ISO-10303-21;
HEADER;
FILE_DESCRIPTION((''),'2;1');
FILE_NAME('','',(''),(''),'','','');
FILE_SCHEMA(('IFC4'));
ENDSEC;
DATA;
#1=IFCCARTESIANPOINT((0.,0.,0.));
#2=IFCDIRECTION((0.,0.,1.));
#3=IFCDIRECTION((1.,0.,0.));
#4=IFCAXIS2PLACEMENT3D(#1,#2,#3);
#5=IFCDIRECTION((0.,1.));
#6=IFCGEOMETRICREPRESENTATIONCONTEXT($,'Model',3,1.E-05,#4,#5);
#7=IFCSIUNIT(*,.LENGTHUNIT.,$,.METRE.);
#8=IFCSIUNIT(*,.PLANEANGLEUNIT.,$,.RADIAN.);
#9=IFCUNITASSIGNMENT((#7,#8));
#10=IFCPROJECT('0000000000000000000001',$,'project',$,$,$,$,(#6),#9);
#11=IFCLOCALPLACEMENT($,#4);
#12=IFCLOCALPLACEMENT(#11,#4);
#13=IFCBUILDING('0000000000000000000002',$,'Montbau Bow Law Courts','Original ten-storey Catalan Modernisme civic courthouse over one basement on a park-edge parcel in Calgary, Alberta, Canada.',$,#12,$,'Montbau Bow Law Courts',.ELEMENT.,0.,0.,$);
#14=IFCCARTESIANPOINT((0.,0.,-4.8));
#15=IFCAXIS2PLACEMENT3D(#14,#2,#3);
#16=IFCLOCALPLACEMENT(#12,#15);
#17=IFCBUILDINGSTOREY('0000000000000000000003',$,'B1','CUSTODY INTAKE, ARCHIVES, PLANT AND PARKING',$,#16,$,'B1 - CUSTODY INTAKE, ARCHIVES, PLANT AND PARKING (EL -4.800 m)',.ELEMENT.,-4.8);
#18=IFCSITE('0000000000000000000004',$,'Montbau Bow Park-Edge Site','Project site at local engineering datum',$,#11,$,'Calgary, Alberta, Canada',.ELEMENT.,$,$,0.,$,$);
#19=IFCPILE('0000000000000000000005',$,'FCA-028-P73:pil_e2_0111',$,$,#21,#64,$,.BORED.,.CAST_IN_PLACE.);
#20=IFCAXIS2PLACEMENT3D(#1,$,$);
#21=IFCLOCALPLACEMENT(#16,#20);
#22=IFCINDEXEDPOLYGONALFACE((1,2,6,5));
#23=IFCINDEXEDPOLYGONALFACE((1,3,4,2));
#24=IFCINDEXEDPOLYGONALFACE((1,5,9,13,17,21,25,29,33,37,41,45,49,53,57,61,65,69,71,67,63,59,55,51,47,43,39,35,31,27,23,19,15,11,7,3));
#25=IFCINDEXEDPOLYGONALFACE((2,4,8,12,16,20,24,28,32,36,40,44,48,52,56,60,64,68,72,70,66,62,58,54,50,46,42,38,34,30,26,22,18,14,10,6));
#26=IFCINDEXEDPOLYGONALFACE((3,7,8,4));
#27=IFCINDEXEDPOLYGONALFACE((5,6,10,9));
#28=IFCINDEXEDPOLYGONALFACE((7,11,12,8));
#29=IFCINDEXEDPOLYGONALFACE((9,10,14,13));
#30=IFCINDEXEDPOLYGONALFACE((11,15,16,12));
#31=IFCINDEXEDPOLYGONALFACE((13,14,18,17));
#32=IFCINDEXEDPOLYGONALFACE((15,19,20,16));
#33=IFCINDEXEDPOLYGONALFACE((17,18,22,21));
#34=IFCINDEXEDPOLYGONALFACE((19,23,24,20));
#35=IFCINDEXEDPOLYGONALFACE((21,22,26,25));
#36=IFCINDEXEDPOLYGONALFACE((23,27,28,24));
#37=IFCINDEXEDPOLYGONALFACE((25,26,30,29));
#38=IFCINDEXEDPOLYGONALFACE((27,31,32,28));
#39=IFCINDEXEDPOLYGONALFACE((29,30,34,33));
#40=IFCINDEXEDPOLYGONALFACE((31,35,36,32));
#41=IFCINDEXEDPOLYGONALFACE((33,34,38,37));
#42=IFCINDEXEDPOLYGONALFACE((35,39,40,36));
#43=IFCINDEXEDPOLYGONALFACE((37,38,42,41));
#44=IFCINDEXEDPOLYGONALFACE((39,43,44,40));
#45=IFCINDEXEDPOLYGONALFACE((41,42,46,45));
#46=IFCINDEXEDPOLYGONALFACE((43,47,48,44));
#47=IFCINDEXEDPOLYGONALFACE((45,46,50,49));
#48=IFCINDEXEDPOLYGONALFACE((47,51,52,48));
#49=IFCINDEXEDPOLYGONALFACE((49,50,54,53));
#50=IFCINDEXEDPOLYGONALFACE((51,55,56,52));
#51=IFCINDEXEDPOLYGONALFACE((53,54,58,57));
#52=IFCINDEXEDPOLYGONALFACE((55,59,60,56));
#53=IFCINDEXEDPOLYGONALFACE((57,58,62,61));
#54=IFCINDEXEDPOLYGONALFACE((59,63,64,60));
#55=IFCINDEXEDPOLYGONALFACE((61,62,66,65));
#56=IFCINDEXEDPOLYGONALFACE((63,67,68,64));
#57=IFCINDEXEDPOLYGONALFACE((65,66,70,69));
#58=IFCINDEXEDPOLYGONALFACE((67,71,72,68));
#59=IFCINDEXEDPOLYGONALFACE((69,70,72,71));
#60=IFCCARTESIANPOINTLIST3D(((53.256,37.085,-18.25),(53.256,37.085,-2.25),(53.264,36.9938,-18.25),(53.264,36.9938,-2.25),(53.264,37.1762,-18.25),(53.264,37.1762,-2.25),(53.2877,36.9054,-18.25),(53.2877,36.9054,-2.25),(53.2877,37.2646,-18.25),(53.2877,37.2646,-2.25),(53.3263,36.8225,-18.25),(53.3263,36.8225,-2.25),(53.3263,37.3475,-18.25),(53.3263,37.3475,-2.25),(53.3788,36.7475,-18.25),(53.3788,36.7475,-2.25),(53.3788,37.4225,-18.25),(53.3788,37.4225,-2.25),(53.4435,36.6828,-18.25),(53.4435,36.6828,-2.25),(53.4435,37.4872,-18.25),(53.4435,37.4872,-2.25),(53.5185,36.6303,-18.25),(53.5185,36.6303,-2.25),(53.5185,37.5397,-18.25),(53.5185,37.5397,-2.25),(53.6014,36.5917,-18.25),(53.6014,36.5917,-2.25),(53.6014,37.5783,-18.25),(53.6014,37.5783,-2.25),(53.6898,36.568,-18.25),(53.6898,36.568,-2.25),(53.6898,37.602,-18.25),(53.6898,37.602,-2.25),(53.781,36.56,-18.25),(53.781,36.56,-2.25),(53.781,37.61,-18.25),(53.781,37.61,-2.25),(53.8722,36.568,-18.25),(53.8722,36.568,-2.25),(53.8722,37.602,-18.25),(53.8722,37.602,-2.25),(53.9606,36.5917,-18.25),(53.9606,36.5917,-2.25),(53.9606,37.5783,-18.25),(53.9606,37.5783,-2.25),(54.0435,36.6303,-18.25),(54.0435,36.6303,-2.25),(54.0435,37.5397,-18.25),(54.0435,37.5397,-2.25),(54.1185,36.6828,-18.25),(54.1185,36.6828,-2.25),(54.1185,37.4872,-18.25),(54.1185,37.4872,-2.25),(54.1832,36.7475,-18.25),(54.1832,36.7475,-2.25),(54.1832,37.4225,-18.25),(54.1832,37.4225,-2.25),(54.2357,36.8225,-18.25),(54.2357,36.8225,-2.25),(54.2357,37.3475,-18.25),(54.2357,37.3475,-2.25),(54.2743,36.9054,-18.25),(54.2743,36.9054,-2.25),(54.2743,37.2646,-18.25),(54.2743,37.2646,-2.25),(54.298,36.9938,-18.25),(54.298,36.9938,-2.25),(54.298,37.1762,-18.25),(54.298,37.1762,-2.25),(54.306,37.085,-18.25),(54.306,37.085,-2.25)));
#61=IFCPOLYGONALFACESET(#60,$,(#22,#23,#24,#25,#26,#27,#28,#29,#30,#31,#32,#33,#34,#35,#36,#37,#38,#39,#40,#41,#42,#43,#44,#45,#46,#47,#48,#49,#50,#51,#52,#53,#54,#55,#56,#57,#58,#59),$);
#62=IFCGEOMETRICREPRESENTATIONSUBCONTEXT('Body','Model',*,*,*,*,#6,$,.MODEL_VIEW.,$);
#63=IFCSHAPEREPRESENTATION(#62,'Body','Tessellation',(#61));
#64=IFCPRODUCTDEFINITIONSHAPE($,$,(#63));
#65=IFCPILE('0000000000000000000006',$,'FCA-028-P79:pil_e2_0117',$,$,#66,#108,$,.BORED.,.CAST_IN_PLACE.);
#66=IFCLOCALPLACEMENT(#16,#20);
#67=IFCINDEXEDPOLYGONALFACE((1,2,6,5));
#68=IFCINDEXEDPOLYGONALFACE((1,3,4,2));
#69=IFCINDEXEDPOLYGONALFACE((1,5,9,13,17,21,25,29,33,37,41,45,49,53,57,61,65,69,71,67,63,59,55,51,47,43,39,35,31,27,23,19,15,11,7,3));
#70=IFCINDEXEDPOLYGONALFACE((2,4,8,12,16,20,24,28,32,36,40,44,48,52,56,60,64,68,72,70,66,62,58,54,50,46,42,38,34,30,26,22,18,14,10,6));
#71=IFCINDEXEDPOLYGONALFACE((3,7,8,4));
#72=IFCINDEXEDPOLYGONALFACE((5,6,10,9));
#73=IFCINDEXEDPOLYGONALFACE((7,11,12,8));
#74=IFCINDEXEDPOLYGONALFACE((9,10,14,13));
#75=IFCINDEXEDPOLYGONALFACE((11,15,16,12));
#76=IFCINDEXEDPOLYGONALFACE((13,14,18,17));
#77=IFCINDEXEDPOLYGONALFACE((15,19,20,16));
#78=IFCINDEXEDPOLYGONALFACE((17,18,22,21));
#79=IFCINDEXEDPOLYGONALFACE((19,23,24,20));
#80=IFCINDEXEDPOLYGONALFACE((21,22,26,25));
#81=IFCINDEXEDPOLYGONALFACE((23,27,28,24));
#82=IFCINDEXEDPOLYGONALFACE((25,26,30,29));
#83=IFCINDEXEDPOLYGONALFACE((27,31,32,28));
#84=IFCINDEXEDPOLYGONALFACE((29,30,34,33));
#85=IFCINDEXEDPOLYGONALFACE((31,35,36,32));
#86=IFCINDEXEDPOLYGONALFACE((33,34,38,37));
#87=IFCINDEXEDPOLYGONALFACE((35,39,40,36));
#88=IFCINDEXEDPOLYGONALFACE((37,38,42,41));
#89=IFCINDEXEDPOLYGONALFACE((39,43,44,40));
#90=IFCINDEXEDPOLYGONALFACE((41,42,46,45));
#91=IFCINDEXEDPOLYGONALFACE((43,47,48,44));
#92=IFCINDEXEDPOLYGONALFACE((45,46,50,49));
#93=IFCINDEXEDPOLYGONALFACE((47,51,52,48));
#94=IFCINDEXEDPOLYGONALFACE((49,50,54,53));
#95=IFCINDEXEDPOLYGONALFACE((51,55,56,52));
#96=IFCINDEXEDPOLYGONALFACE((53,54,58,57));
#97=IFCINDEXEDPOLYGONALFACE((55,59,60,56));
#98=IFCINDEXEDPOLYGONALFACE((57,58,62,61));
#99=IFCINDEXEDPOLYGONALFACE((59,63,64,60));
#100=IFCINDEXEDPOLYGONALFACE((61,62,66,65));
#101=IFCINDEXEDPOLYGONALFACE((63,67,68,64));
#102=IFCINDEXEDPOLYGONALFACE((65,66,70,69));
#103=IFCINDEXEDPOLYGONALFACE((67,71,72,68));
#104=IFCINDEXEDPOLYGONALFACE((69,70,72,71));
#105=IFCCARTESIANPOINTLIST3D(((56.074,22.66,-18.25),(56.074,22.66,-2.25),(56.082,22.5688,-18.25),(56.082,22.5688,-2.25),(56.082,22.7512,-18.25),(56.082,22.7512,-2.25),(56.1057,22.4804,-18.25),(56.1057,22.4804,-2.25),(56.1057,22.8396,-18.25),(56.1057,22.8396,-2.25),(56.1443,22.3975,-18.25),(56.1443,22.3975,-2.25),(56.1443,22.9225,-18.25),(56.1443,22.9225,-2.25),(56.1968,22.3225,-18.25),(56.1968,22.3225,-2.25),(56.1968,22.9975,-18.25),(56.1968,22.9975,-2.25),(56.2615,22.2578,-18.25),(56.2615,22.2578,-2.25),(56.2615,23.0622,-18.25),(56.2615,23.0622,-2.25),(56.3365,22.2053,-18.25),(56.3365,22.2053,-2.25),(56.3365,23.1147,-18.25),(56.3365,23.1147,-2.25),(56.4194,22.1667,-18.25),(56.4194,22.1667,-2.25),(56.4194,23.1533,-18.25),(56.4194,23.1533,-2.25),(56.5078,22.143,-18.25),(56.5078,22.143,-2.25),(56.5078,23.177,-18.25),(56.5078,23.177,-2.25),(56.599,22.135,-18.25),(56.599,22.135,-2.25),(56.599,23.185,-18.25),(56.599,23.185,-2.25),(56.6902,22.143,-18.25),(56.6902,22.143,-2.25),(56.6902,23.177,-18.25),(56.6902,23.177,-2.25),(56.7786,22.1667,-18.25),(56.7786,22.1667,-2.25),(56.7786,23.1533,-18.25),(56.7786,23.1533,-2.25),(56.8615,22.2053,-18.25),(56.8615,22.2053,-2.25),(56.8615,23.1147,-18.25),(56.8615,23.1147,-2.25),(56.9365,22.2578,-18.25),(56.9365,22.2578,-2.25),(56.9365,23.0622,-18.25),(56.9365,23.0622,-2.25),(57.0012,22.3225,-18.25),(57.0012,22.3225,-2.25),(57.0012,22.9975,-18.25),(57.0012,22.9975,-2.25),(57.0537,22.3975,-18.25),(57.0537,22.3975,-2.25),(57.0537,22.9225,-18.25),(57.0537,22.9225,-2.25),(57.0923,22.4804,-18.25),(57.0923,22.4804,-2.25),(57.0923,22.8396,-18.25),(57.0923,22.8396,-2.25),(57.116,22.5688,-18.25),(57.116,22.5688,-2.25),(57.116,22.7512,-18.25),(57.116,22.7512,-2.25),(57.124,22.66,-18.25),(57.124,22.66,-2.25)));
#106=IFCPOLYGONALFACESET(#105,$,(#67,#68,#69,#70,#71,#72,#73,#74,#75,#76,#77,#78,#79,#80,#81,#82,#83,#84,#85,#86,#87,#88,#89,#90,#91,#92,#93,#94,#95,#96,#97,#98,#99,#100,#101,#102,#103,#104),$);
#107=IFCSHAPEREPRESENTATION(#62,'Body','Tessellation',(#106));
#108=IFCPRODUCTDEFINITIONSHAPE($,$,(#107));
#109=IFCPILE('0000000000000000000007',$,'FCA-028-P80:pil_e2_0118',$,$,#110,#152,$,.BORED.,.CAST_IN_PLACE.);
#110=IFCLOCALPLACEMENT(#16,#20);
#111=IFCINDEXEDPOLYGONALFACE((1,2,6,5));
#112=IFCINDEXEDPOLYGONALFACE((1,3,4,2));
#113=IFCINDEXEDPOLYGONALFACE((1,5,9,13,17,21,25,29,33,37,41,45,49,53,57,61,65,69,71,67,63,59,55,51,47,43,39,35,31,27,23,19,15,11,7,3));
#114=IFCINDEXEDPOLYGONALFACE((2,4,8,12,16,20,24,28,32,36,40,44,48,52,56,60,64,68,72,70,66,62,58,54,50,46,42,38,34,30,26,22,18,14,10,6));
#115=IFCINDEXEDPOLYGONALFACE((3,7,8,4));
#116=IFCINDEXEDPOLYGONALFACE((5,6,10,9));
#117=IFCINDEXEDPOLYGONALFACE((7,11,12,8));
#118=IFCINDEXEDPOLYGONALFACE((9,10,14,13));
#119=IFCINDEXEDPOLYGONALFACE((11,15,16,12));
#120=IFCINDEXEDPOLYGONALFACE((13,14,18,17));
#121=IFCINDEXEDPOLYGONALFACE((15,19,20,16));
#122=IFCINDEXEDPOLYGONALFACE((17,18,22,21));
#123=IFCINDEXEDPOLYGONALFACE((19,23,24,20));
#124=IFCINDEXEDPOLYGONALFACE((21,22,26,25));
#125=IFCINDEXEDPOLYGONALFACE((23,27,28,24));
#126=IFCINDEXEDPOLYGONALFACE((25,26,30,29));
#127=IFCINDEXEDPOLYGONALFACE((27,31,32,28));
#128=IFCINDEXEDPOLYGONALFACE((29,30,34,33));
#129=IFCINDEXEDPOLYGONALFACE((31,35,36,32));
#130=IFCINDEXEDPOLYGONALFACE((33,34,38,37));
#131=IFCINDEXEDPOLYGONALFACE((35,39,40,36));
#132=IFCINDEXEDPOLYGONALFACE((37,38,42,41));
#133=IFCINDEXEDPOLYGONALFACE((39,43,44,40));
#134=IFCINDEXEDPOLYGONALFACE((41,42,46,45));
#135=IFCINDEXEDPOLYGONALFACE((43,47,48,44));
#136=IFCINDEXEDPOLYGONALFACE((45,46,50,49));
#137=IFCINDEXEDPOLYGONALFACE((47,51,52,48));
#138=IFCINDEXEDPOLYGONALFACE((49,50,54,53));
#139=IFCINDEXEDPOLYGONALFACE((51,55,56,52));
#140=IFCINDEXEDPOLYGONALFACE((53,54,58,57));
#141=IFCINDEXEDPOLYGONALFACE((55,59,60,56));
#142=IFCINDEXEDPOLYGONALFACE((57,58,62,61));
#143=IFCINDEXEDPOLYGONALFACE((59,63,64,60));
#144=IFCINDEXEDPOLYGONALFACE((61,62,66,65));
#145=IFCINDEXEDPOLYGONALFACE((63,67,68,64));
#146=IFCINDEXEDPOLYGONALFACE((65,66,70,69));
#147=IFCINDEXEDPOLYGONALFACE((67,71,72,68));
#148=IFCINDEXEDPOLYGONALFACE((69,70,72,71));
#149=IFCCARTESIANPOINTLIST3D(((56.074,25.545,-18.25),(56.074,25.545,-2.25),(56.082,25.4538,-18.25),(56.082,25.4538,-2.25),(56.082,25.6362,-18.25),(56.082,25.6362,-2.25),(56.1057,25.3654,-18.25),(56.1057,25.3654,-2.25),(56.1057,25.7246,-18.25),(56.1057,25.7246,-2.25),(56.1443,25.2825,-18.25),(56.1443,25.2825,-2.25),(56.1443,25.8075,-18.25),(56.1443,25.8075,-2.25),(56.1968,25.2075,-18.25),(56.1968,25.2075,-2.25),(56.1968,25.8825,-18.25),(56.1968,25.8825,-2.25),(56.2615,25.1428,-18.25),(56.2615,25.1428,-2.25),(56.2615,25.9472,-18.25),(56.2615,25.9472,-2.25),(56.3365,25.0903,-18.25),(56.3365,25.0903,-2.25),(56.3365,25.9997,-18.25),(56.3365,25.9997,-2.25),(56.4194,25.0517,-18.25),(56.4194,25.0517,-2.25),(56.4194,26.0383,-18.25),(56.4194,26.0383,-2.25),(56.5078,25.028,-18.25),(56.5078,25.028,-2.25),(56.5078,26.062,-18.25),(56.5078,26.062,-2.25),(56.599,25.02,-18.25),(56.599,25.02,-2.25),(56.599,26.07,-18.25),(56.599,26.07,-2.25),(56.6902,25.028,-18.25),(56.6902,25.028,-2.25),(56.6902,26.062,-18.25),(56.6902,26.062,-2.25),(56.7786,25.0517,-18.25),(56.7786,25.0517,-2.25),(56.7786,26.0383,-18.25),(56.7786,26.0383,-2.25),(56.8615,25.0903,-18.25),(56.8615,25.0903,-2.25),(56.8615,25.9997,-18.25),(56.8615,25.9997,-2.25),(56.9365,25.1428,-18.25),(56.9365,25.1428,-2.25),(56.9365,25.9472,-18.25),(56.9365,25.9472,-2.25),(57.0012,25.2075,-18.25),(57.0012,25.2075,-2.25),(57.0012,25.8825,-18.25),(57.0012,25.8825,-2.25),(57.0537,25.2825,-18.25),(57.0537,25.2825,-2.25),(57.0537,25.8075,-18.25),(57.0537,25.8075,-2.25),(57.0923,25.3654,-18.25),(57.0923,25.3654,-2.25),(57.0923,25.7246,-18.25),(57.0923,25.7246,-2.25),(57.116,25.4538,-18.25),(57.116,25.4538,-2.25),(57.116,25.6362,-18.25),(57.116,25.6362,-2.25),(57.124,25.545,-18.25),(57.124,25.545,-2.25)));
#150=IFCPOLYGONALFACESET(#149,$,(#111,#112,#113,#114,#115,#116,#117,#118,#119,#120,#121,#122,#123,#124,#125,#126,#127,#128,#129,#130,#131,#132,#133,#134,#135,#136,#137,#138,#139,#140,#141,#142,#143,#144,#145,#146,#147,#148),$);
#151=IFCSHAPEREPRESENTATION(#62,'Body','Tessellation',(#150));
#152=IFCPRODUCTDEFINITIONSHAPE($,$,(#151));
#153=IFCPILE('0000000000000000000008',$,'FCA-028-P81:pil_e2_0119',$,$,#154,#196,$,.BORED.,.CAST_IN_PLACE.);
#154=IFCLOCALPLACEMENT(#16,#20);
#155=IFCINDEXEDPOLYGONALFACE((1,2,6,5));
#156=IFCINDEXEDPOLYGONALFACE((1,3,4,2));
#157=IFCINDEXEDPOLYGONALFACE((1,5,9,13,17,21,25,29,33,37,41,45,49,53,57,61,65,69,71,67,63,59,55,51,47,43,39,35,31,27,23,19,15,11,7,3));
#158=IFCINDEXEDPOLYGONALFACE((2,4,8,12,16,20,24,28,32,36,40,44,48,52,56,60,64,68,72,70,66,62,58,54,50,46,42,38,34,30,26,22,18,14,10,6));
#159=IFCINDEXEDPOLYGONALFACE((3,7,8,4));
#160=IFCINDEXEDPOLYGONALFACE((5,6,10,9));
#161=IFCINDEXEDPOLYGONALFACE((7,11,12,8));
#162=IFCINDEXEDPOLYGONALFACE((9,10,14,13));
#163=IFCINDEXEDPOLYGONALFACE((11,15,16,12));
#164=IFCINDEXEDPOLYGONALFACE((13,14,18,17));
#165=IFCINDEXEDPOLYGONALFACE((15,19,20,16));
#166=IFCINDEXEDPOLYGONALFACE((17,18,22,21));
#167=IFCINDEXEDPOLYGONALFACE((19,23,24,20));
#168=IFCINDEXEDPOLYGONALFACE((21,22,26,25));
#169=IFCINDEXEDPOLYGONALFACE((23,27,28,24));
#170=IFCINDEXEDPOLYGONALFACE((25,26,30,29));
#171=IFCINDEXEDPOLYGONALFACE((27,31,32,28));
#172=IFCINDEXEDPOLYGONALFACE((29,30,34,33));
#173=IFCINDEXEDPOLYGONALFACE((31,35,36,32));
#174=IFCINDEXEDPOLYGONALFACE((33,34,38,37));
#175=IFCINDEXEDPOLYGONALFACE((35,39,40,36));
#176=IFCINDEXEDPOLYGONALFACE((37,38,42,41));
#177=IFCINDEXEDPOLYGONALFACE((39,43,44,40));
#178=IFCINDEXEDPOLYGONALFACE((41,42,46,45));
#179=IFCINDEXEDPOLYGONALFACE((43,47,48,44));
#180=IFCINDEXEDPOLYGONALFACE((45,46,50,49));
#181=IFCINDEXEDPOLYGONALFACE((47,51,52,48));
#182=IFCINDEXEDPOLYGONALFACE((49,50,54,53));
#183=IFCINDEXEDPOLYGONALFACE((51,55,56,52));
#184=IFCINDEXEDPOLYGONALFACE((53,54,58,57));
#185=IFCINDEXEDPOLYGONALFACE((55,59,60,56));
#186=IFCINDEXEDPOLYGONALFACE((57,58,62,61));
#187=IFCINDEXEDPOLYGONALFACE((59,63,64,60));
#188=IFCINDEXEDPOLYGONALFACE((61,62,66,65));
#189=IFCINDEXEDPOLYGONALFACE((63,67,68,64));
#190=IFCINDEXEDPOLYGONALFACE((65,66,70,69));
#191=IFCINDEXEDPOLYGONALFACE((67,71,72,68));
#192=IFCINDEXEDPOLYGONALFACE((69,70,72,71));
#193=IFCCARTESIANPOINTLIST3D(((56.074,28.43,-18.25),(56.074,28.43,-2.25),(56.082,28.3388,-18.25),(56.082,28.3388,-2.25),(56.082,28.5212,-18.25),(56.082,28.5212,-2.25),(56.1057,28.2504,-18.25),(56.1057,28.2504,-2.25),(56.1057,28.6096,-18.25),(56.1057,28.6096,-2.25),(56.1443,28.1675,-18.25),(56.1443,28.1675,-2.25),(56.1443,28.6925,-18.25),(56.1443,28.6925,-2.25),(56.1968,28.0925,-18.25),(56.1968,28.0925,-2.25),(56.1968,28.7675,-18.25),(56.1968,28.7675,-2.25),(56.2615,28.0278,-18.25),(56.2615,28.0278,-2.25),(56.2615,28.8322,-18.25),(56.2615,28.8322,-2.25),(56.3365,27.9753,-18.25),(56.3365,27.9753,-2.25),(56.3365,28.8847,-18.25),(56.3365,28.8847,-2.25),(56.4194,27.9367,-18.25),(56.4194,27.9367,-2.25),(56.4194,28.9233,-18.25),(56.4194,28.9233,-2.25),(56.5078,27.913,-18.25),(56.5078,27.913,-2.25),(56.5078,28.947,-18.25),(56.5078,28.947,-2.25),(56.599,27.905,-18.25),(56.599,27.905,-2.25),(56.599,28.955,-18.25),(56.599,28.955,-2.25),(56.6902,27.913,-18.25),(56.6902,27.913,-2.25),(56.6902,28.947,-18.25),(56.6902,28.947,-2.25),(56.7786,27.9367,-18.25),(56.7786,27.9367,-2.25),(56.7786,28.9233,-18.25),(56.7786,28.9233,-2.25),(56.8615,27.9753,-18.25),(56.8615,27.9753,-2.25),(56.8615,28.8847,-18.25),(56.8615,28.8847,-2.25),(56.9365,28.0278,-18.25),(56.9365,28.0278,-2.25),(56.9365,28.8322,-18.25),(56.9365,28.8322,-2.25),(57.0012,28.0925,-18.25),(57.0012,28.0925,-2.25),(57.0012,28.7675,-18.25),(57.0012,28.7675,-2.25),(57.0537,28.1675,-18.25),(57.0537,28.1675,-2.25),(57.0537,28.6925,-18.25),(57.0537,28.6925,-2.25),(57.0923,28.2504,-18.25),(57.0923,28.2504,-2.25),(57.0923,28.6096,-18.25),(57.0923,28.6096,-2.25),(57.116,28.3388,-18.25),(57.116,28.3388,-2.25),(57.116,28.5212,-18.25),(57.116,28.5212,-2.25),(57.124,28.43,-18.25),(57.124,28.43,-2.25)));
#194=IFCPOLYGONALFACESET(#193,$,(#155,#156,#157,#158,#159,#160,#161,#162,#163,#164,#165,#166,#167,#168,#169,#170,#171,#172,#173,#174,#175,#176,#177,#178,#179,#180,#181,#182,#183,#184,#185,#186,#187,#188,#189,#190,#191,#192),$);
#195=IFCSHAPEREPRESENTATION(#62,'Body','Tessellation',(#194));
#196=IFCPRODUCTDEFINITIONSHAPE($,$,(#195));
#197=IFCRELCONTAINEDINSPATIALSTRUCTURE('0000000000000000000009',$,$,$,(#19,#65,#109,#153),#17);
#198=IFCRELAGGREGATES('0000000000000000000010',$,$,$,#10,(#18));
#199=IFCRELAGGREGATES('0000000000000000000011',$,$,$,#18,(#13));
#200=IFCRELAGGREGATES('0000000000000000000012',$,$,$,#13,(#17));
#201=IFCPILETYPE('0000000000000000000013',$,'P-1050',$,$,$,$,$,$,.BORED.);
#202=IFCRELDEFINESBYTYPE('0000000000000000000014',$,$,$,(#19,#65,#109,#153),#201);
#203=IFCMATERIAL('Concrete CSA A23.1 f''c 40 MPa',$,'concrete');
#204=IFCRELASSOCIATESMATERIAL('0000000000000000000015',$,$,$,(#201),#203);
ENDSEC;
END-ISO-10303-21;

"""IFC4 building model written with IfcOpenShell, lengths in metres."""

from ifc_helpers import new_model, si_unit, direction, frame, origin_with_axes, origin_2d_with_axis, place, context, subcontext, project, spatial, circle, extrude, material, material_profile, profile_set, type_object, element, save


model = new_model("IFC4")

# Units and contexts
model_context = context("Model", 3, precision=1e-05, world=origin_with_axes(), true_north=direction((0.0, 1.0)))
body_context = subcontext(model_context, "Body", "Model", "MODEL_VIEW")
ifc_project = project(units=[si_unit("LENGTHUNIT", "METRE"), si_unit("PLANEANGLEUNIT", "RADIAN")], contexts=[model_context])

# Site, building, storey
site_placement = place(None, origin_with_axes())
site = spatial("IfcSite", under=ifc_project, at=site_placement, Name="Montbau Bow Park-Edge Site", Description="Project site at local engineering datum", LongName="Calgary, Alberta, Canada", CompositionType="ELEMENT", RefElevation=0.0)
building_placement = place(site_placement, origin_with_axes())
building = spatial("IfcBuilding", under=site, at=building_placement, Name="Montbau Bow Law Courts", Description="Original ten-storey Catalan Modernisme civic courthouse over one basement on a park-edge parcel in Calgary, Alberta, Canada.", LongName="Montbau Bow Law Courts", CompositionType="ELEMENT", ElevationOfRefHeight=0.0, ElevationOfTerrain=0.0)
storey_placement = place(building_placement, frame((0.0, 0.0, -4.8), z_axis=(0.0, 0.0, 1.0), x_axis=(1.0, 0.0, 0.0)))
storey = spatial("IfcBuildingStorey", under=building, at=storey_placement, Name="B1", Description="CUSTODY INTAKE, ARCHIVES, PLANT AND PARKING", LongName="B1 - CUSTODY INTAKE, ARCHIVES, PLANT AND PARKING (EL -4.800 m)", CompositionType="ELEMENT", Elevation=-4.8)

# Piles
ifc_material_1 = material(Name="Concrete CSA A23.1 f'c 40 MPa", Category="concrete")
ifc_material_profile_1 = material_profile(ifc_material_1, circle(Radius=0.525, at=origin_2d_with_axis()), Name="BP1050", Category="Main", Priority=0)
ifc_profile_set_1 = profile_set([ifc_material_profile_1], Name="Concrete CSA A23.1 f'c 40 MPa")
pile_type = type_object("IfcPileType", Name="P-1050", PredefinedType="BORED", material=ifc_profile_set_1)
for number, where, z_axis, x_axis, name in (
    (1, (53.781, 37.085, -23.05), (0.0, 0.0, 1.0), (1.0, 0.0, 0.0), "FCA-028-P73:pil_e2_0111"),
    (2, (56.599, 22.66, -23.05), (0.0, 0.0, 1.0), (1.0, 0.0, 0.0), "FCA-028-P79:pil_e2_0117"),
    (3, (56.599, 25.545, -23.05), (0.0, 0.0, 1.0), (1.0, 0.0, 0.0), "FCA-028-P80:pil_e2_0118"),
    (4, (56.599, 28.43, -23.05), (0.0, 0.0, 1.0), (1.0, 0.0, 0.0), "FCA-028-P81:pil_e2_0119"),
):
    element("IfcPile", number, at=place(None, frame(where, z_axis=z_axis, x_axis=x_axis)), inside=storey, type_object=pile_type, Name=name, ConstructionType="CAST_IN_PLACE", PredefinedType="BORED", context=body_context, shape_type="SweptSolid", body=[
        extrude(circle(Radius=0.525, at=origin_2d_with_axis()), origin_with_axes(), (0.0, 0.0, 1.0), 16.0),
    ])

save(model, "model.ifc")
